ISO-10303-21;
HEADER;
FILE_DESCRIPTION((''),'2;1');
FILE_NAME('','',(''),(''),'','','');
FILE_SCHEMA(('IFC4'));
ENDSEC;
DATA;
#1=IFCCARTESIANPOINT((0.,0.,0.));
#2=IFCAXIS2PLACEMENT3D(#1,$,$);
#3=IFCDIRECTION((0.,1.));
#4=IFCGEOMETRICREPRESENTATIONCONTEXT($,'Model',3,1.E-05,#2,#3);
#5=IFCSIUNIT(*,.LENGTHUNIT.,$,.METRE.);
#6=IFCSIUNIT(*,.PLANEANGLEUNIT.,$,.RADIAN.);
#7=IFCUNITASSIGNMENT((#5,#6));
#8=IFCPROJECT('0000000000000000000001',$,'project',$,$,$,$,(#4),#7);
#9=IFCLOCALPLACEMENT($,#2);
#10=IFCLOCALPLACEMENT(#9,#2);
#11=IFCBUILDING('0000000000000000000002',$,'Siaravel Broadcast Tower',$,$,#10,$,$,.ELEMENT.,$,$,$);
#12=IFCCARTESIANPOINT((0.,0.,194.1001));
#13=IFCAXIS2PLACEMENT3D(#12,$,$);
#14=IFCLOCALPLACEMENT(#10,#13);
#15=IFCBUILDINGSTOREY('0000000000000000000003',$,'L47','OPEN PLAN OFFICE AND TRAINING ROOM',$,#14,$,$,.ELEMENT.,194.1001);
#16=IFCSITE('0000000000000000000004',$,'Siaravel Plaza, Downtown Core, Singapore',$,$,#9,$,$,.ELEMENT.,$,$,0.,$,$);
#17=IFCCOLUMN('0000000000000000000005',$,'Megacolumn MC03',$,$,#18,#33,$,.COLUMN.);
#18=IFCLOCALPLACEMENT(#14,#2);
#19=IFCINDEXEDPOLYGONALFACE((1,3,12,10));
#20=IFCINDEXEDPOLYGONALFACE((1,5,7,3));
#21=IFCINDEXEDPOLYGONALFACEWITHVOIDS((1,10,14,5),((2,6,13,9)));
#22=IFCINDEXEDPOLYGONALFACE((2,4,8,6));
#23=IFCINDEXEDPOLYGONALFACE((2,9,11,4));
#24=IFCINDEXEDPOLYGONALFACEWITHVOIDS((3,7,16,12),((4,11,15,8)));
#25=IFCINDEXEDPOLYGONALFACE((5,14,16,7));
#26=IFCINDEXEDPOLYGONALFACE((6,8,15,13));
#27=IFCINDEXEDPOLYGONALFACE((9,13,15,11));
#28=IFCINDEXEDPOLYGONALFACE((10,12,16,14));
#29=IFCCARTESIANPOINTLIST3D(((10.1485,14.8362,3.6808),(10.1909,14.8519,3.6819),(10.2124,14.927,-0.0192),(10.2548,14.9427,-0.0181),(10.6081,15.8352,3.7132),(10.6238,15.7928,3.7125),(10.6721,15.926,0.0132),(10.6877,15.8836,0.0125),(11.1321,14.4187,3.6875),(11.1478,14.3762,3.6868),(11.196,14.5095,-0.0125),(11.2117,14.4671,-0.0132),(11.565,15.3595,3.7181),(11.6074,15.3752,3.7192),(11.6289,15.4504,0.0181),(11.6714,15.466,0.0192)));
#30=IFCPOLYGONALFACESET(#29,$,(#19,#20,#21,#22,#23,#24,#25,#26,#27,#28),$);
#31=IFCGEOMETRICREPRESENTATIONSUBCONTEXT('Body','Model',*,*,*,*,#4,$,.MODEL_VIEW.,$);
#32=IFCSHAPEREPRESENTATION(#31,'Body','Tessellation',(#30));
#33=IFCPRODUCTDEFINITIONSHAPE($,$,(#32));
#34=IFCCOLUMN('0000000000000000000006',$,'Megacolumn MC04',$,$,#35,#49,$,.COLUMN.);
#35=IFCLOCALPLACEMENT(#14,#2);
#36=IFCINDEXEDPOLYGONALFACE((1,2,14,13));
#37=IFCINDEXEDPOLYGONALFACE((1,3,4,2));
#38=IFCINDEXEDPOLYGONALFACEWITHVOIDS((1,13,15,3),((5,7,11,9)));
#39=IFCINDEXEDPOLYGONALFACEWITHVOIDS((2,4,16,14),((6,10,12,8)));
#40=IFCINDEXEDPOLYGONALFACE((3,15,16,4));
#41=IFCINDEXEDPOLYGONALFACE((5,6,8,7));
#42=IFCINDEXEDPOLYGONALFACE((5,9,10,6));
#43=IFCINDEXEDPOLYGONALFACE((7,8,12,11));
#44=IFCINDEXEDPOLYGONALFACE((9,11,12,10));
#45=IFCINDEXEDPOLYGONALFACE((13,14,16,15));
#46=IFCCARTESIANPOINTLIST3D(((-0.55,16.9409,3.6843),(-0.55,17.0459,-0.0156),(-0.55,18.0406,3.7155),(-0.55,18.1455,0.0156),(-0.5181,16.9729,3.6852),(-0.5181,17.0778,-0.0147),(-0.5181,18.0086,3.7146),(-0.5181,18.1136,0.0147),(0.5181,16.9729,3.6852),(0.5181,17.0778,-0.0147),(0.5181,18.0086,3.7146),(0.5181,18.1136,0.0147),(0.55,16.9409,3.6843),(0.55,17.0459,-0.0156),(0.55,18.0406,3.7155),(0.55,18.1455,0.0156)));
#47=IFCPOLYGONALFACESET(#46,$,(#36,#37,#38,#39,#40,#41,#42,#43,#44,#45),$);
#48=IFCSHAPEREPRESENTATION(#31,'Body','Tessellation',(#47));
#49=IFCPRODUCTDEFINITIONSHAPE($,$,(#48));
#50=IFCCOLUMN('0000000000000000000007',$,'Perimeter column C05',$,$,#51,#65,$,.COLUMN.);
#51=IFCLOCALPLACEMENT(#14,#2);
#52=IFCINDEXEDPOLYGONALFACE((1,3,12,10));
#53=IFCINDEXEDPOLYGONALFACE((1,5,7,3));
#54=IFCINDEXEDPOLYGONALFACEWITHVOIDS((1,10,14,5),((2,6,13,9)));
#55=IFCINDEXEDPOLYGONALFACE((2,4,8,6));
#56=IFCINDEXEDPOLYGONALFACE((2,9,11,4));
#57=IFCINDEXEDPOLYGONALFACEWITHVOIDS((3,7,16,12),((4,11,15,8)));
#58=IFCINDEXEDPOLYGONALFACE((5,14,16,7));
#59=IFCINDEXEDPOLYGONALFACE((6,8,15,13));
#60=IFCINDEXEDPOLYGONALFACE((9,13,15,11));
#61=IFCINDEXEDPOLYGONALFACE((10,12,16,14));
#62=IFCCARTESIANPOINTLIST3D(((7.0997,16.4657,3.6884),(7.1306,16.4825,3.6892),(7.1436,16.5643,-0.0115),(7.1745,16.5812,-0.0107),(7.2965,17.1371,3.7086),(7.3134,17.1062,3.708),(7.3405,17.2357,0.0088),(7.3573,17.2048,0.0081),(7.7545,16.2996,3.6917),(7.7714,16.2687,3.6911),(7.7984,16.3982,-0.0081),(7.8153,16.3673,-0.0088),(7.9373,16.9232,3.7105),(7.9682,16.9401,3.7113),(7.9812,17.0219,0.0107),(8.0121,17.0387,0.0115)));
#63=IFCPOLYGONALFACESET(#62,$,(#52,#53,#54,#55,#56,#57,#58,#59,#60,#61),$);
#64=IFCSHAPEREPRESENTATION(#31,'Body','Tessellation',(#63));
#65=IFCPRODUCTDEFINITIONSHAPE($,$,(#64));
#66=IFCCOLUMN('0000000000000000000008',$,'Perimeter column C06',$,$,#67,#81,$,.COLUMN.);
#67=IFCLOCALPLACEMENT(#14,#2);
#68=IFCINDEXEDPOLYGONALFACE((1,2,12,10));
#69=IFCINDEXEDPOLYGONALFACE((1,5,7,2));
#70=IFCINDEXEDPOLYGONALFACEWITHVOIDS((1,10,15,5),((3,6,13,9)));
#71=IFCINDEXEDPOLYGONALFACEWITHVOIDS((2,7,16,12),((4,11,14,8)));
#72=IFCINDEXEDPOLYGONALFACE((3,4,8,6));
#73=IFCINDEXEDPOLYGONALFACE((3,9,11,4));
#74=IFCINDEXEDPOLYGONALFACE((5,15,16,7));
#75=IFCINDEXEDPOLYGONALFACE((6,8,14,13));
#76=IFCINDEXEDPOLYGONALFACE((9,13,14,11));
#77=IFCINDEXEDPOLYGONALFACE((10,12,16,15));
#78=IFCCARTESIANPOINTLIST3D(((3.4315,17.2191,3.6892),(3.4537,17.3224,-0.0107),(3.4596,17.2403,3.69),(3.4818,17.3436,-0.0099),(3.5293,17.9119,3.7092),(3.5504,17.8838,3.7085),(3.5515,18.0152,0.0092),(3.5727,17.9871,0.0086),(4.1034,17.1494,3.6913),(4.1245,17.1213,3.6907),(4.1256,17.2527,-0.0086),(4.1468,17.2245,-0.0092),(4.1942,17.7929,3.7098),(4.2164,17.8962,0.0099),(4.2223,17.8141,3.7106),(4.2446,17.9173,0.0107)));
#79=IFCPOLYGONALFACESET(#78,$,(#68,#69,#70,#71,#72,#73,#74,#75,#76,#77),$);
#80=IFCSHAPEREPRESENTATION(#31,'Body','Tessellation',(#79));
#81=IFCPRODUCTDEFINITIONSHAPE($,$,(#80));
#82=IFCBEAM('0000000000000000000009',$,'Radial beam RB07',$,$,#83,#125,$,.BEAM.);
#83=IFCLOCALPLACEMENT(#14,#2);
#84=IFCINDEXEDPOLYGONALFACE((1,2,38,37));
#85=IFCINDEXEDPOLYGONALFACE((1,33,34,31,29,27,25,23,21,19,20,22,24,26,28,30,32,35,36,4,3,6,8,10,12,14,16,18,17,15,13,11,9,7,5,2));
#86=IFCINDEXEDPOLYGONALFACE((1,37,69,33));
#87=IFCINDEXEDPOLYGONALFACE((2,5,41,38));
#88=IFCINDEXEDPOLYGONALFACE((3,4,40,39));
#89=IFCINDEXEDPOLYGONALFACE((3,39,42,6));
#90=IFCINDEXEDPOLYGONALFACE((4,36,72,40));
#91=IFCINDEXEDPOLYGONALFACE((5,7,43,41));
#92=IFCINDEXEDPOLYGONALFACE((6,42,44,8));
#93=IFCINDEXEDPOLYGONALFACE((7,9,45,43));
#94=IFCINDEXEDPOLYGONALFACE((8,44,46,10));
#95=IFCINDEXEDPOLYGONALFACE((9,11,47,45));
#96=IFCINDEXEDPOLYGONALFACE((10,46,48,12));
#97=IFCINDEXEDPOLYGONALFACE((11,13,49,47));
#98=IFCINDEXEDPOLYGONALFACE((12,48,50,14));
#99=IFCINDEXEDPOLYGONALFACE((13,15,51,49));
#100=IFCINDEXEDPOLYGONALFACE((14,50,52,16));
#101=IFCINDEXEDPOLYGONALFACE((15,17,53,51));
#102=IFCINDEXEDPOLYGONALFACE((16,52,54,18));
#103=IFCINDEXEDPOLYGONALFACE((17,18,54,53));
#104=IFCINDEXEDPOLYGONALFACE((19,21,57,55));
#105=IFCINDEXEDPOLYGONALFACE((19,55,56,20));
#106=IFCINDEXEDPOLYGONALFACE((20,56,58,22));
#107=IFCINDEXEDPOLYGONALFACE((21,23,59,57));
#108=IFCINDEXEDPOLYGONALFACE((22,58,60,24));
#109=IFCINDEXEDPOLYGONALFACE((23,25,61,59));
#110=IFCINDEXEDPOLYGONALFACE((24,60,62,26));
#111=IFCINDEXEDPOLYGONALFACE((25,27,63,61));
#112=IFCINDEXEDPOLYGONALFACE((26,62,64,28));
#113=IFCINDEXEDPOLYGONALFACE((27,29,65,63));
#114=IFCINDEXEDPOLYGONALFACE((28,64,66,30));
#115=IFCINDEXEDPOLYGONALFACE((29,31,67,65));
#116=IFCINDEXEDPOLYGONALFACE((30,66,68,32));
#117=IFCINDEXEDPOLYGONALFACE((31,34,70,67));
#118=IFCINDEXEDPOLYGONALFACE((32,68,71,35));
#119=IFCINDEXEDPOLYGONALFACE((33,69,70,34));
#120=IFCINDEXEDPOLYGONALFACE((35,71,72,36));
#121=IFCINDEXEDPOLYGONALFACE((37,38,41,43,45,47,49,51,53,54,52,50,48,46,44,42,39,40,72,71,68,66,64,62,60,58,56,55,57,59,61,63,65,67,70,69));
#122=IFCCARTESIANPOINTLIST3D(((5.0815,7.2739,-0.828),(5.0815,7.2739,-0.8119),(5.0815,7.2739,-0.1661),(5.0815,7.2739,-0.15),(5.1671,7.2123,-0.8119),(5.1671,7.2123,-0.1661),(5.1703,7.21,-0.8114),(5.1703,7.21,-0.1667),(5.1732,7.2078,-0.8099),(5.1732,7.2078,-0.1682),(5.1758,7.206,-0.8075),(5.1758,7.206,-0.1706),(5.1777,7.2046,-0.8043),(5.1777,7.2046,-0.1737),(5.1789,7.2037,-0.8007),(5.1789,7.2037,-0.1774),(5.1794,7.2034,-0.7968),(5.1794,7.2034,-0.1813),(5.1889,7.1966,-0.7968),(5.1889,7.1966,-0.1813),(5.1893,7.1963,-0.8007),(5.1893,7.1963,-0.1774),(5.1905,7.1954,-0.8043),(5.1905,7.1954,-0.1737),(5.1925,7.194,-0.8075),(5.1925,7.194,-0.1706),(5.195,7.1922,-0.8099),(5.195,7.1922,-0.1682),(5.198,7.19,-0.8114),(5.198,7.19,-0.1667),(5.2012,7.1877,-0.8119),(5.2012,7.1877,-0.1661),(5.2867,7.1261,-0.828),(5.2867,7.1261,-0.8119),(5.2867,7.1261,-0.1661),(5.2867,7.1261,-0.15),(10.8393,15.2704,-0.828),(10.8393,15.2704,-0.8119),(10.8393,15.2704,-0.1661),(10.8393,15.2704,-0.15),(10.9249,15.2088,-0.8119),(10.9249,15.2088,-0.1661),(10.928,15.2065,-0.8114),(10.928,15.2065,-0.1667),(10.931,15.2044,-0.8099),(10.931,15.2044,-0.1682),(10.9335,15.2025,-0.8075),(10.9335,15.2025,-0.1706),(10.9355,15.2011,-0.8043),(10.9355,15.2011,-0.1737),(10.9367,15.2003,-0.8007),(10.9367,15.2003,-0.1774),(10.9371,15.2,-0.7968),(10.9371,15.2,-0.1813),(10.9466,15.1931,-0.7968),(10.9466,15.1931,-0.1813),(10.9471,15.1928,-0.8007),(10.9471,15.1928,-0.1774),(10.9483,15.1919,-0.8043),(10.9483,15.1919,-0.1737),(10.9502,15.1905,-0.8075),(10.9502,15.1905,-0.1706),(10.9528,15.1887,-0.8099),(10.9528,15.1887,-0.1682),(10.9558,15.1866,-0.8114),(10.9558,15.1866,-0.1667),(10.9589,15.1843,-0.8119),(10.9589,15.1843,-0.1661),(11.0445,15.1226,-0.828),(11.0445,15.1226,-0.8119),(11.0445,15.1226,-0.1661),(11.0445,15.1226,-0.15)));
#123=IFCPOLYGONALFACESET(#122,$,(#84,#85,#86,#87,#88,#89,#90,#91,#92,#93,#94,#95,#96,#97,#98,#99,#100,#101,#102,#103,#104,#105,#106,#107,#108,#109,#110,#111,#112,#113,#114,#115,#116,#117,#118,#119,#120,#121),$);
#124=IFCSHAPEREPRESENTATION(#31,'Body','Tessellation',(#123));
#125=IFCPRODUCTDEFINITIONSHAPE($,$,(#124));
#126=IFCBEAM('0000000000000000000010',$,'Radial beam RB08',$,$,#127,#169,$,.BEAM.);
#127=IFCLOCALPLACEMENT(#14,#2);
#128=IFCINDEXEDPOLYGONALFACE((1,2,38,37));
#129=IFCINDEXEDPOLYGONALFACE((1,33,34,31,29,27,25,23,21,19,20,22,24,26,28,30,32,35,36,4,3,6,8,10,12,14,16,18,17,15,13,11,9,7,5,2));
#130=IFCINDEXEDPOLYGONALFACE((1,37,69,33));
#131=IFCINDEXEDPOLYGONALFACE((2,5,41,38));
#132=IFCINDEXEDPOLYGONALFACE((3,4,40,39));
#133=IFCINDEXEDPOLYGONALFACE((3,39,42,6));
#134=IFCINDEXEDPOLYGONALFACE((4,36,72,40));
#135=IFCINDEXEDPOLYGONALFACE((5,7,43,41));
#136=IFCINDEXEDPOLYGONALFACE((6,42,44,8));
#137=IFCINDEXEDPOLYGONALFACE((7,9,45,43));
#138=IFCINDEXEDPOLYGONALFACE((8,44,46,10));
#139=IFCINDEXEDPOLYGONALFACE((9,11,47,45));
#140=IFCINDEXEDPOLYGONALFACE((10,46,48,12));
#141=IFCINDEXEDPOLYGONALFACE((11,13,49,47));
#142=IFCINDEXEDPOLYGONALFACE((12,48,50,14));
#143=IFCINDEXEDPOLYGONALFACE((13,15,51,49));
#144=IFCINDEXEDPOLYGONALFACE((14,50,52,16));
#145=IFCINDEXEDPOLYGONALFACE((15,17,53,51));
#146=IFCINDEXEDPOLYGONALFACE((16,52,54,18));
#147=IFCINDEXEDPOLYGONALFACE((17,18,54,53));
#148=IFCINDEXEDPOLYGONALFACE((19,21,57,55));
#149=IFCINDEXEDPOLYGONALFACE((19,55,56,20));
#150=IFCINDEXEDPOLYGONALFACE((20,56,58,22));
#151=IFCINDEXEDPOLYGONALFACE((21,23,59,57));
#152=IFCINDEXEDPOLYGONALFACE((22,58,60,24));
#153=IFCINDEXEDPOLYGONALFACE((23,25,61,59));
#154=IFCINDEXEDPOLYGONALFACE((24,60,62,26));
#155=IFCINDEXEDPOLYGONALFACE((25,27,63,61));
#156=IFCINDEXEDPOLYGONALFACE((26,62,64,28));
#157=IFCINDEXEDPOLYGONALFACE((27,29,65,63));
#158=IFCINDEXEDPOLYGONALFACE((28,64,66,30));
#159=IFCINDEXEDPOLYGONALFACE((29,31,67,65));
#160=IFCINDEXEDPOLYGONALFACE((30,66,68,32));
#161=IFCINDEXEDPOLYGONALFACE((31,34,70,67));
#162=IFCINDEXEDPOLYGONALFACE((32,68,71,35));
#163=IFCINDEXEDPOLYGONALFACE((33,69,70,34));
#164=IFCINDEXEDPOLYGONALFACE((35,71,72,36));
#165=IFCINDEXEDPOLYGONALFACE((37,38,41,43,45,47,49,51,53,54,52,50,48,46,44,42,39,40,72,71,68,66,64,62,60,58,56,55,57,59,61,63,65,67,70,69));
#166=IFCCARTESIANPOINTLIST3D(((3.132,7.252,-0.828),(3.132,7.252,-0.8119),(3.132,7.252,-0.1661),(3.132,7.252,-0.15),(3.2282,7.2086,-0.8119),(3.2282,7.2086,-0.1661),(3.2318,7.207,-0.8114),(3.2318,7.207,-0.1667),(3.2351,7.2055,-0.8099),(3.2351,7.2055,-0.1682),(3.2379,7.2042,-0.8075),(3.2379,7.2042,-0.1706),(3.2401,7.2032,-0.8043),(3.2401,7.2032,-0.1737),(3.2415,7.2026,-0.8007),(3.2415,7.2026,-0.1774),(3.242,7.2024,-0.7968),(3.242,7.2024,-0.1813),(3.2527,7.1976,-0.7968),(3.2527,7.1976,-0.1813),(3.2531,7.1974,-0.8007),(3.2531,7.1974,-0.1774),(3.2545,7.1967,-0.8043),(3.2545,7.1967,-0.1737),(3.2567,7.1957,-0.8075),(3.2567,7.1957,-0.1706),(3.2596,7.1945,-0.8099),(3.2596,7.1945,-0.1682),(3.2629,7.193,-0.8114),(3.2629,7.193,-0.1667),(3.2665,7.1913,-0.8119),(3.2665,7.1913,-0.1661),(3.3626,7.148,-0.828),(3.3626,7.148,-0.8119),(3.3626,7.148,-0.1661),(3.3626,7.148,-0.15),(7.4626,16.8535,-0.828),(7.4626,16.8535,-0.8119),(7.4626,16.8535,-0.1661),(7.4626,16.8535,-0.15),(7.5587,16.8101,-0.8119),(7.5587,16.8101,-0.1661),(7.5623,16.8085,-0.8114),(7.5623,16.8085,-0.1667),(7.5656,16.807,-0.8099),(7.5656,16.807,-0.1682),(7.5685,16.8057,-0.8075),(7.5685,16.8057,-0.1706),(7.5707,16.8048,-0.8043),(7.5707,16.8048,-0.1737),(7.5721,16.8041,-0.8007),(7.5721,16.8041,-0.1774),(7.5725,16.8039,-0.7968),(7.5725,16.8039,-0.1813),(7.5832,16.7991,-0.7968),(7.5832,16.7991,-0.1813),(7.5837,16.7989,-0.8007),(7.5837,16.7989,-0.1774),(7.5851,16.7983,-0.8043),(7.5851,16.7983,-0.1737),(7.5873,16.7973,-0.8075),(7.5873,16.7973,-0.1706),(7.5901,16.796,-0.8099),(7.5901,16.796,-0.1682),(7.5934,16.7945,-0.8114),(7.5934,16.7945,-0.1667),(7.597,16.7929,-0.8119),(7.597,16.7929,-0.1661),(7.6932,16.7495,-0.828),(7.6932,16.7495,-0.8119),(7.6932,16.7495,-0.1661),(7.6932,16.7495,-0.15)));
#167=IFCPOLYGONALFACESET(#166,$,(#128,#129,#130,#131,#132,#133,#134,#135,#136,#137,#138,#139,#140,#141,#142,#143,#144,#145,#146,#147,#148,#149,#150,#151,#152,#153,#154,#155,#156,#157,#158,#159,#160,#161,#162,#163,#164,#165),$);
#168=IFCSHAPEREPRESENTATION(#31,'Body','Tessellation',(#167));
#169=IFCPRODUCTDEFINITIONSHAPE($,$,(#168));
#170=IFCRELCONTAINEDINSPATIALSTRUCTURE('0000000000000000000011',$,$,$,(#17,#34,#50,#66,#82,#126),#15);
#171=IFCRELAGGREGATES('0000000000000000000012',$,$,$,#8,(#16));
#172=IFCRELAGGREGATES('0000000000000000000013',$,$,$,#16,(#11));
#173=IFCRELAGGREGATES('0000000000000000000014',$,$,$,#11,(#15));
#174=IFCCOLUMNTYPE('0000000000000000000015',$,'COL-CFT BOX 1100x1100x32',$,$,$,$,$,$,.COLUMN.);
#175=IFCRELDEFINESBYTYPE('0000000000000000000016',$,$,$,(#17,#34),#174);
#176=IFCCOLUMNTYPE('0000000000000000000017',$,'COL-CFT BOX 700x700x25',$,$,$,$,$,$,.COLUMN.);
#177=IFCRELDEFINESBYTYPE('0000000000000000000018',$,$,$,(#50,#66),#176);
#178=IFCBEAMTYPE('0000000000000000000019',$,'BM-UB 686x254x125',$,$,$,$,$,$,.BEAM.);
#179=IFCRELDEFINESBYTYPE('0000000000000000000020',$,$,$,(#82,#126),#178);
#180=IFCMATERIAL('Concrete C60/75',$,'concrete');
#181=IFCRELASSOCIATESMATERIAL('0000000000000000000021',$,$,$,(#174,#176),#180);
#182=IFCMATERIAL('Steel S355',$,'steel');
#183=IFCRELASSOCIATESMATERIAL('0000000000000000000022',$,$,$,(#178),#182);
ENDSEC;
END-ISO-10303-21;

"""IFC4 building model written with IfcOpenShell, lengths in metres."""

from ifc_helpers import new_model, si_unit, direction, frame, origin, origin_2d, place, context, subcontext, project, spatial, hollow_rectangle, i_section, extrude, material, material_profile, profile_set, type_object, element, save


model = new_model("IFC4")

# Units and contexts
model_context = context("Model", 3, precision=1e-05, world=origin(), true_north=direction((0.0, 1.0)))
body_context = subcontext(model_context, "Body", "Model", "MODEL_VIEW")
ifc_project = project(units=[si_unit("LENGTHUNIT", "METRE"), si_unit("PLANEANGLEUNIT", "RADIAN")], contexts=[model_context])

# Site, building, storey
site_placement = place(None, origin())
site = spatial("IfcSite", under=ifc_project, at=site_placement, Name="Siaravel Plaza, Downtown Core, Singapore", CompositionType="ELEMENT", RefElevation=0.0)
building_placement = place(site_placement, origin())
building = spatial("IfcBuilding", under=site, at=building_placement, Name="Siaravel Broadcast Tower", CompositionType="ELEMENT")
storey_placement = place(building_placement, frame((0.0, 0.0, 194.1001)))
storey = spatial("IfcBuildingStorey", under=building, at=storey_placement, Name="L47", Description="OPEN PLAN OFFICE AND TRAINING ROOM", CompositionType="ELEMENT", Elevation=194.1001)

# Columns
ifc_material_1 = material(Name="Concrete C60/75", Category="concrete")
ifc_material_profile_1 = material_profile(ifc_material_1, hollow_rectangle(XDim=1.1001, YDim=1.1001, WallThickness=0.032, at=origin_2d()))
ifc_profile_set_1 = profile_set([ifc_material_profile_1], Name="Concrete C60/75")
column_type_1 = type_object("IfcColumnType", Name="COL-CFT BOX 1100x1100x32", PredefinedType="COLUMN", material=ifc_profile_set_1)
column_1_placement = place(storey_placement, frame((10.9419, 15.1965, 0.0), z_axis=(-0.01728, -0.024535, 0.99955), x_axis=(0.908373, -0.418125, 0.005441)))
element("IfcColumn", 1, at=column_1_placement, inside=storey, type_object=column_type_1, Name="Megacolumn MC03", PredefinedType="COLUMN", context=body_context, shape_type="SweptSolid", body=[
    extrude(hollow_rectangle(XDim=1.1001, YDim=1.1001, WallThickness=0.032, at=origin_2d()), origin(), (0.0, 0.0, 1.0), 3.7017),
])
column_2_placement = place(storey_placement, frame((0.0, 17.5957, 0.0), z_axis=(0.0, -0.028362, 0.999598), x_axis=(1.0, 0.0, 0.0)))
element("IfcColumn", 2, at=column_2_placement, inside=storey, type_object=column_type_1, Name="Megacolumn MC04", PredefinedType="COLUMN", context=body_context, shape_type="SweptSolid", body=[
    extrude(hollow_rectangle(XDim=1.1001, YDim=1.1001, WallThickness=0.032, at=origin_2d()), origin(), (0.0, 0.0, 1.0), 3.7014),
])
ifc_material_profile_2 = material_profile(ifc_material_1, hollow_rectangle(XDim=0.7, YDim=0.7, WallThickness=0.0249, at=origin_2d()))
ifc_profile_set_2 = profile_set([ifc_material_profile_2], Name="Concrete C60/75")
column_type_2 = type_object("IfcColumnType", Name="COL-CFT BOX 700x700x25", PredefinedType="COLUMN", material=ifc_profile_set_2)
for number, where, z_axis, x_axis, name in (
    (3, (7.5779, 16.8015, 0.0), (-0.011872, -0.026647, 0.999574), (0.959585, -0.28139, 0.003896), "Perimeter column C05"),
    (4, (3.8491, 17.6199, 0.0), (-0.006002, -0.0279, 0.999593), (0.990172, -0.139841, 0.002042), "Perimeter column C06"),
):
    element("IfcColumn", number, at=place(storey_placement, frame(where, z_axis=z_axis, x_axis=x_axis)), inside=storey, type_object=column_type_2, Name=name, PredefinedType="COLUMN", context=body_context, shape_type="SweptSolid", body=[
        extrude(hollow_rectangle(XDim=0.7, YDim=0.7, WallThickness=0.0249, at=origin_2d()), origin(), (0.0, 0.0, 1.0), 3.7014),
    ])

# Beams
ifc_material_2 = material(Name="Steel S355", Category="steel")
ifc_material_profile_3 = material_profile(ifc_material_2, i_section(OverallWidth=0.2529, OverallDepth=0.678, WebThickness=0.0117, FlangeThickness=0.0161, FilletRadius=0.0151, at=origin_2d()))
ifc_profile_set_3 = profile_set([ifc_material_profile_3], Name="Steel S355")
beam_type = type_object("IfcBeamType", Name="BM-UB 686x254x125", PredefinedType="BEAM", material=ifc_profile_set_3)
beam_1_placement = place(storey_placement, frame((10.9419, 15.1965, -0.489), z_axis=(-0.584323, -0.811521, 0.0), x_axis=(0.811521, -0.584323, 0.0)))
element("IfcBeam", 5, at=beam_1_placement, inside=storey, type_object=beam_type, Name="Radial beam RB07", PredefinedType="BEAM", context=body_context, shape_type="SweptSolid", body=[
    extrude(i_section(OverallWidth=0.2529, OverallDepth=0.678, WebThickness=0.0117, FlangeThickness=0.0161, FilletRadius=0.0151, at=origin_2d()), origin(), (0.0, 0.0, 1.0), 9.8538),
])
beam_2_placement = place(storey_placement, frame((7.5779, 16.8015, -0.489), z_axis=(-0.411143, -0.911571, 0.0), x_axis=(0.911571, -0.411143, 0.0)))
element("IfcBeam", 6, at=beam_2_placement, inside=storey, type_object=beam_type, Name="Radial beam RB08", PredefinedType="BEAM", context=body_context, shape_type="SweptSolid", body=[
    extrude(i_section(OverallWidth=0.2529, OverallDepth=0.678, WebThickness=0.0117, FlangeThickness=0.0161, FilletRadius=0.0151, at=origin_2d()), origin(), (0.0, 0.0, 1.0), 10.533),
])

save(model, "model.ifc")
